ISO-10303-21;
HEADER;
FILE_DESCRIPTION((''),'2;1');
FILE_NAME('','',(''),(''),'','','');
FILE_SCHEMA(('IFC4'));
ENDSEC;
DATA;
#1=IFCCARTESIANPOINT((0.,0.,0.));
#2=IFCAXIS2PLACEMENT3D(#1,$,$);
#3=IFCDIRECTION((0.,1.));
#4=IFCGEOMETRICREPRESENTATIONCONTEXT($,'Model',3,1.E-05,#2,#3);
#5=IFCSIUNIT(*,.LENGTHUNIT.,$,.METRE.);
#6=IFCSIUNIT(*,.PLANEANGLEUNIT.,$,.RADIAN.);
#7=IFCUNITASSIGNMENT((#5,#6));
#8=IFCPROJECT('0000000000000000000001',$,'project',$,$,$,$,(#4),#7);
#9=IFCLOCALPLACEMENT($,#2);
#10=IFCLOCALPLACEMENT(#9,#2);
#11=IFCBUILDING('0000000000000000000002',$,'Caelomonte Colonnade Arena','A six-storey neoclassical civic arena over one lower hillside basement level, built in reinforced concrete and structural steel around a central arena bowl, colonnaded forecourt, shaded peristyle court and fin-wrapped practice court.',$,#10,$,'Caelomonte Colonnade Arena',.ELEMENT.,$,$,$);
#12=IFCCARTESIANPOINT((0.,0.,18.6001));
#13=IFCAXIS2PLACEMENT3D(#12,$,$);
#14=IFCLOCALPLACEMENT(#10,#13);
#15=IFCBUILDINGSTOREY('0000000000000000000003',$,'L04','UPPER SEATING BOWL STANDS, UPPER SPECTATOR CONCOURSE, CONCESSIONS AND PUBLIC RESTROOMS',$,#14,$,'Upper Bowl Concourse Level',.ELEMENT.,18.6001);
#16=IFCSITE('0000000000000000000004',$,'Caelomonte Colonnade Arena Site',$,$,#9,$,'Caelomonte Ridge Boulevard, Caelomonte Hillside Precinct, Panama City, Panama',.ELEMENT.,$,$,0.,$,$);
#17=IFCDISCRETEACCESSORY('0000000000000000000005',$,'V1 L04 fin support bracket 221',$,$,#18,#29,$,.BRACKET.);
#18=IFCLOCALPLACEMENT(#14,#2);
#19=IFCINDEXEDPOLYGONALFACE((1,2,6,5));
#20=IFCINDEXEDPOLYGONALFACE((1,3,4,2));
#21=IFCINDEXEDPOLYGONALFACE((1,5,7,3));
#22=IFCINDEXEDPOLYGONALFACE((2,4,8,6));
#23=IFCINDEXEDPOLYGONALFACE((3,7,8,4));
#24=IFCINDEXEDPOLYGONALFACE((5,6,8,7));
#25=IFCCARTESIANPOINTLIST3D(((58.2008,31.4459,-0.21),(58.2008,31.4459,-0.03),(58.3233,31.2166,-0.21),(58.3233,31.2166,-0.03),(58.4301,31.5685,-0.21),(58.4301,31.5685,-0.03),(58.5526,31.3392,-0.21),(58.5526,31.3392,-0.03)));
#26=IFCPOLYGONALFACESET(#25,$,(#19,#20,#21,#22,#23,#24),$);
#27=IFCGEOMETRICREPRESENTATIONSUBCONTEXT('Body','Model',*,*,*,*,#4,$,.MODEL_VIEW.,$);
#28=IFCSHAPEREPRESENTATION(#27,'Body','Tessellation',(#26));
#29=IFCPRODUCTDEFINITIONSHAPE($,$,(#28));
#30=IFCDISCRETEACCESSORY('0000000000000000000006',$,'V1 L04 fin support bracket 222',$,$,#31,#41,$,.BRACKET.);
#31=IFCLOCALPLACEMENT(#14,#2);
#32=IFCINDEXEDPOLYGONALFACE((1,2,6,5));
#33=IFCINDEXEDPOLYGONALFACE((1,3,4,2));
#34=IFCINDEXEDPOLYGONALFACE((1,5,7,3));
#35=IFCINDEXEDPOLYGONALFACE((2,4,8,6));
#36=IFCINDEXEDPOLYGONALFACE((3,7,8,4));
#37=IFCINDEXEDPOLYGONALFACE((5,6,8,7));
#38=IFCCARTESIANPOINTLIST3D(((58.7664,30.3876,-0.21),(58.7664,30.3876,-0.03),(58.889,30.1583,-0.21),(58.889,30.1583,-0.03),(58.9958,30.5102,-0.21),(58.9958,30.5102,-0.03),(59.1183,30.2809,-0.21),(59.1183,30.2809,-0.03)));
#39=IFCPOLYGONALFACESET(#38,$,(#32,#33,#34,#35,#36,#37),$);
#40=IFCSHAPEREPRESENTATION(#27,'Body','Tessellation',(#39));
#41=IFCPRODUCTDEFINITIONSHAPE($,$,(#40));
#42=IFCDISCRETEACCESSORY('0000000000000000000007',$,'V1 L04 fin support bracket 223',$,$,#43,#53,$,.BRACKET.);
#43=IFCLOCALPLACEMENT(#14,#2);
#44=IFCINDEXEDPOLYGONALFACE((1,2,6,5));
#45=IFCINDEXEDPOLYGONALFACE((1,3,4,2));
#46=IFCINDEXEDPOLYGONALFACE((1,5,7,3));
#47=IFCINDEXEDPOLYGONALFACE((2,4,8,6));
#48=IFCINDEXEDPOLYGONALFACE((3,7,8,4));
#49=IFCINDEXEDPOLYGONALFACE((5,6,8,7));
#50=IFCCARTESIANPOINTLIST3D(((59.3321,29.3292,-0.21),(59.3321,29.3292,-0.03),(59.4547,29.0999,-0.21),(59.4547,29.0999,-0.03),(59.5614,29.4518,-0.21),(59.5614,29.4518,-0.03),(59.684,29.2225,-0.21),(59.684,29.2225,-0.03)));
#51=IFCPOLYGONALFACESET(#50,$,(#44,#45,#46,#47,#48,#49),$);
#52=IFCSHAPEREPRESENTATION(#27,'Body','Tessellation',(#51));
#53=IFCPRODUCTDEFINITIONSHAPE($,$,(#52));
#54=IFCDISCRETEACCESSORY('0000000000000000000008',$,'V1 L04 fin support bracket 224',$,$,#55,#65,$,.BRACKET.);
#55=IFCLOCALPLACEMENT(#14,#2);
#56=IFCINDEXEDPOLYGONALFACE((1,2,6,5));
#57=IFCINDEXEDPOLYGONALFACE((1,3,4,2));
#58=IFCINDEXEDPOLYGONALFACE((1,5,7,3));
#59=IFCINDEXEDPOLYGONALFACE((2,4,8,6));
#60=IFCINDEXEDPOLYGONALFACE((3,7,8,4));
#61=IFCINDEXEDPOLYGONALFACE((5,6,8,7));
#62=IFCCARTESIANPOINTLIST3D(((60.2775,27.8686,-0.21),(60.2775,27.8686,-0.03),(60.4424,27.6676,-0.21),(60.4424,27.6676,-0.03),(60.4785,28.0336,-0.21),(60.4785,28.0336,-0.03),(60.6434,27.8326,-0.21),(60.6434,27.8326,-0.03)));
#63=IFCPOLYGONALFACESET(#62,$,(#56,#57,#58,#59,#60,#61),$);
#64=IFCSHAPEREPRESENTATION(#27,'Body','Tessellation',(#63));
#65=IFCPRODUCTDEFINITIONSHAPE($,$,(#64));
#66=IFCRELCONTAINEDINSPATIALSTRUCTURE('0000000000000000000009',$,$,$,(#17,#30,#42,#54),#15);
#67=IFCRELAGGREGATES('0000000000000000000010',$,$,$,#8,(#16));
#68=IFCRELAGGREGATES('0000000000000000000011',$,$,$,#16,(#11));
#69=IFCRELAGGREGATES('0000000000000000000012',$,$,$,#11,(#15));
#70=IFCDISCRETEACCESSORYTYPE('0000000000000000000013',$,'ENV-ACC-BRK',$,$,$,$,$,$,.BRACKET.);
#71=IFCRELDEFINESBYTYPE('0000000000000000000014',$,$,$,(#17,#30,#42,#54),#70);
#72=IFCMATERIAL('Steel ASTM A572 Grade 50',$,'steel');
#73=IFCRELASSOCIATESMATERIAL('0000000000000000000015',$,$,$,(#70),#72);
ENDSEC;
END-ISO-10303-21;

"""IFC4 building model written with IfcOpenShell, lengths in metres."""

from ifc_helpers import new_model, si_unit, direction, frame, origin, origin_2d, place, context, subcontext, project, spatial, rectangle, extrude, material, type_object, element, save


model = new_model("IFC4")

# Units and contexts
model_context = context("Model", 3, precision=1e-05, world=origin(), true_north=direction((0.0, 1.0)))
body_context = subcontext(model_context, "Body", "Model", "MODEL_VIEW")
ifc_project = project(units=[si_unit("LENGTHUNIT", "METRE"), si_unit("PLANEANGLEUNIT", "RADIAN")], contexts=[model_context])

# Site, building, storey
site_placement = place(None, origin())
site = spatial("IfcSite", under=ifc_project, at=site_placement, Name="Caelomonte Colonnade Arena Site", LongName="Caelomonte Ridge Boulevard, Caelomonte Hillside Precinct, Panama City, Panama", CompositionType="ELEMENT", RefElevation=0.0)
building_placement = place(site_placement, origin())
building = spatial("IfcBuilding", under=site, at=building_placement, Name="Caelomonte Colonnade Arena", Description="A six-storey neoclassical civic arena over one lower hillside basement level, built in reinforced concrete and structural steel around a central arena bowl, colonnaded forecourt, shaded peristyle court and fin-wrapped practice court.", LongName="Caelomonte Colonnade Arena", CompositionType="ELEMENT")
storey_placement = place(building_placement, frame((0.0, 0.0, 18.6001)))
storey = spatial("IfcBuildingStorey", under=building, at=storey_placement, Name="L04", Description="UPPER SEATING BOWL STANDS, UPPER SPECTATOR CONCOURSE, CONCESSIONS AND PUBLIC RESTROOMS", LongName="Upper Bowl Concourse Level", CompositionType="ELEMENT", Elevation=18.6001)

# Discrete accessories
ifc_material_1 = material(Name="Steel ASTM A572 Grade 50", Category="steel")
discrete_accessory_type = type_object("IfcDiscreteAccessoryType", Name="ENV-ACC-BRK", PredefinedType="BRACKET", material=ifc_material_1)
for number, where, z_axis, x_axis, name in (
    (1, (58.3767, 31.3926, -0.21), (0.0, 0.0, 1.0), (0.471397, -0.881921, 0.0), "V1 L04 fin support bracket 221"),
    (2, (58.9424, 30.3342, -0.21), (0.0, 0.0, 1.0), (0.471397, -0.881921, 0.0), "V1 L04 fin support bracket 222"),
    (3, (59.5081, 29.2759, -0.21), (0.0, 0.0, 1.0), (0.471397, -0.881921, 0.0), "V1 L04 fin support bracket 223"),
    (4, (60.4604, 27.8506, -0.21), (0.0, 0.0, 1.0), (0.634414, -0.772994, 0.0), "V1 L04 fin support bracket 224"),
):
    element("IfcDiscreteAccessory", number, at=place(storey_placement, frame(where, z_axis=z_axis, x_axis=x_axis)), inside=storey, type_object=discrete_accessory_type, Name=name, PredefinedType="BRACKET", context=body_context, shape_type="SweptSolid", body=[
        extrude(rectangle(XDim=0.26, YDim=0.26, at=origin_2d()), origin(), (0.0, 0.0, 1.0), 0.1799),
    ])

save(model, "model.ifc")
